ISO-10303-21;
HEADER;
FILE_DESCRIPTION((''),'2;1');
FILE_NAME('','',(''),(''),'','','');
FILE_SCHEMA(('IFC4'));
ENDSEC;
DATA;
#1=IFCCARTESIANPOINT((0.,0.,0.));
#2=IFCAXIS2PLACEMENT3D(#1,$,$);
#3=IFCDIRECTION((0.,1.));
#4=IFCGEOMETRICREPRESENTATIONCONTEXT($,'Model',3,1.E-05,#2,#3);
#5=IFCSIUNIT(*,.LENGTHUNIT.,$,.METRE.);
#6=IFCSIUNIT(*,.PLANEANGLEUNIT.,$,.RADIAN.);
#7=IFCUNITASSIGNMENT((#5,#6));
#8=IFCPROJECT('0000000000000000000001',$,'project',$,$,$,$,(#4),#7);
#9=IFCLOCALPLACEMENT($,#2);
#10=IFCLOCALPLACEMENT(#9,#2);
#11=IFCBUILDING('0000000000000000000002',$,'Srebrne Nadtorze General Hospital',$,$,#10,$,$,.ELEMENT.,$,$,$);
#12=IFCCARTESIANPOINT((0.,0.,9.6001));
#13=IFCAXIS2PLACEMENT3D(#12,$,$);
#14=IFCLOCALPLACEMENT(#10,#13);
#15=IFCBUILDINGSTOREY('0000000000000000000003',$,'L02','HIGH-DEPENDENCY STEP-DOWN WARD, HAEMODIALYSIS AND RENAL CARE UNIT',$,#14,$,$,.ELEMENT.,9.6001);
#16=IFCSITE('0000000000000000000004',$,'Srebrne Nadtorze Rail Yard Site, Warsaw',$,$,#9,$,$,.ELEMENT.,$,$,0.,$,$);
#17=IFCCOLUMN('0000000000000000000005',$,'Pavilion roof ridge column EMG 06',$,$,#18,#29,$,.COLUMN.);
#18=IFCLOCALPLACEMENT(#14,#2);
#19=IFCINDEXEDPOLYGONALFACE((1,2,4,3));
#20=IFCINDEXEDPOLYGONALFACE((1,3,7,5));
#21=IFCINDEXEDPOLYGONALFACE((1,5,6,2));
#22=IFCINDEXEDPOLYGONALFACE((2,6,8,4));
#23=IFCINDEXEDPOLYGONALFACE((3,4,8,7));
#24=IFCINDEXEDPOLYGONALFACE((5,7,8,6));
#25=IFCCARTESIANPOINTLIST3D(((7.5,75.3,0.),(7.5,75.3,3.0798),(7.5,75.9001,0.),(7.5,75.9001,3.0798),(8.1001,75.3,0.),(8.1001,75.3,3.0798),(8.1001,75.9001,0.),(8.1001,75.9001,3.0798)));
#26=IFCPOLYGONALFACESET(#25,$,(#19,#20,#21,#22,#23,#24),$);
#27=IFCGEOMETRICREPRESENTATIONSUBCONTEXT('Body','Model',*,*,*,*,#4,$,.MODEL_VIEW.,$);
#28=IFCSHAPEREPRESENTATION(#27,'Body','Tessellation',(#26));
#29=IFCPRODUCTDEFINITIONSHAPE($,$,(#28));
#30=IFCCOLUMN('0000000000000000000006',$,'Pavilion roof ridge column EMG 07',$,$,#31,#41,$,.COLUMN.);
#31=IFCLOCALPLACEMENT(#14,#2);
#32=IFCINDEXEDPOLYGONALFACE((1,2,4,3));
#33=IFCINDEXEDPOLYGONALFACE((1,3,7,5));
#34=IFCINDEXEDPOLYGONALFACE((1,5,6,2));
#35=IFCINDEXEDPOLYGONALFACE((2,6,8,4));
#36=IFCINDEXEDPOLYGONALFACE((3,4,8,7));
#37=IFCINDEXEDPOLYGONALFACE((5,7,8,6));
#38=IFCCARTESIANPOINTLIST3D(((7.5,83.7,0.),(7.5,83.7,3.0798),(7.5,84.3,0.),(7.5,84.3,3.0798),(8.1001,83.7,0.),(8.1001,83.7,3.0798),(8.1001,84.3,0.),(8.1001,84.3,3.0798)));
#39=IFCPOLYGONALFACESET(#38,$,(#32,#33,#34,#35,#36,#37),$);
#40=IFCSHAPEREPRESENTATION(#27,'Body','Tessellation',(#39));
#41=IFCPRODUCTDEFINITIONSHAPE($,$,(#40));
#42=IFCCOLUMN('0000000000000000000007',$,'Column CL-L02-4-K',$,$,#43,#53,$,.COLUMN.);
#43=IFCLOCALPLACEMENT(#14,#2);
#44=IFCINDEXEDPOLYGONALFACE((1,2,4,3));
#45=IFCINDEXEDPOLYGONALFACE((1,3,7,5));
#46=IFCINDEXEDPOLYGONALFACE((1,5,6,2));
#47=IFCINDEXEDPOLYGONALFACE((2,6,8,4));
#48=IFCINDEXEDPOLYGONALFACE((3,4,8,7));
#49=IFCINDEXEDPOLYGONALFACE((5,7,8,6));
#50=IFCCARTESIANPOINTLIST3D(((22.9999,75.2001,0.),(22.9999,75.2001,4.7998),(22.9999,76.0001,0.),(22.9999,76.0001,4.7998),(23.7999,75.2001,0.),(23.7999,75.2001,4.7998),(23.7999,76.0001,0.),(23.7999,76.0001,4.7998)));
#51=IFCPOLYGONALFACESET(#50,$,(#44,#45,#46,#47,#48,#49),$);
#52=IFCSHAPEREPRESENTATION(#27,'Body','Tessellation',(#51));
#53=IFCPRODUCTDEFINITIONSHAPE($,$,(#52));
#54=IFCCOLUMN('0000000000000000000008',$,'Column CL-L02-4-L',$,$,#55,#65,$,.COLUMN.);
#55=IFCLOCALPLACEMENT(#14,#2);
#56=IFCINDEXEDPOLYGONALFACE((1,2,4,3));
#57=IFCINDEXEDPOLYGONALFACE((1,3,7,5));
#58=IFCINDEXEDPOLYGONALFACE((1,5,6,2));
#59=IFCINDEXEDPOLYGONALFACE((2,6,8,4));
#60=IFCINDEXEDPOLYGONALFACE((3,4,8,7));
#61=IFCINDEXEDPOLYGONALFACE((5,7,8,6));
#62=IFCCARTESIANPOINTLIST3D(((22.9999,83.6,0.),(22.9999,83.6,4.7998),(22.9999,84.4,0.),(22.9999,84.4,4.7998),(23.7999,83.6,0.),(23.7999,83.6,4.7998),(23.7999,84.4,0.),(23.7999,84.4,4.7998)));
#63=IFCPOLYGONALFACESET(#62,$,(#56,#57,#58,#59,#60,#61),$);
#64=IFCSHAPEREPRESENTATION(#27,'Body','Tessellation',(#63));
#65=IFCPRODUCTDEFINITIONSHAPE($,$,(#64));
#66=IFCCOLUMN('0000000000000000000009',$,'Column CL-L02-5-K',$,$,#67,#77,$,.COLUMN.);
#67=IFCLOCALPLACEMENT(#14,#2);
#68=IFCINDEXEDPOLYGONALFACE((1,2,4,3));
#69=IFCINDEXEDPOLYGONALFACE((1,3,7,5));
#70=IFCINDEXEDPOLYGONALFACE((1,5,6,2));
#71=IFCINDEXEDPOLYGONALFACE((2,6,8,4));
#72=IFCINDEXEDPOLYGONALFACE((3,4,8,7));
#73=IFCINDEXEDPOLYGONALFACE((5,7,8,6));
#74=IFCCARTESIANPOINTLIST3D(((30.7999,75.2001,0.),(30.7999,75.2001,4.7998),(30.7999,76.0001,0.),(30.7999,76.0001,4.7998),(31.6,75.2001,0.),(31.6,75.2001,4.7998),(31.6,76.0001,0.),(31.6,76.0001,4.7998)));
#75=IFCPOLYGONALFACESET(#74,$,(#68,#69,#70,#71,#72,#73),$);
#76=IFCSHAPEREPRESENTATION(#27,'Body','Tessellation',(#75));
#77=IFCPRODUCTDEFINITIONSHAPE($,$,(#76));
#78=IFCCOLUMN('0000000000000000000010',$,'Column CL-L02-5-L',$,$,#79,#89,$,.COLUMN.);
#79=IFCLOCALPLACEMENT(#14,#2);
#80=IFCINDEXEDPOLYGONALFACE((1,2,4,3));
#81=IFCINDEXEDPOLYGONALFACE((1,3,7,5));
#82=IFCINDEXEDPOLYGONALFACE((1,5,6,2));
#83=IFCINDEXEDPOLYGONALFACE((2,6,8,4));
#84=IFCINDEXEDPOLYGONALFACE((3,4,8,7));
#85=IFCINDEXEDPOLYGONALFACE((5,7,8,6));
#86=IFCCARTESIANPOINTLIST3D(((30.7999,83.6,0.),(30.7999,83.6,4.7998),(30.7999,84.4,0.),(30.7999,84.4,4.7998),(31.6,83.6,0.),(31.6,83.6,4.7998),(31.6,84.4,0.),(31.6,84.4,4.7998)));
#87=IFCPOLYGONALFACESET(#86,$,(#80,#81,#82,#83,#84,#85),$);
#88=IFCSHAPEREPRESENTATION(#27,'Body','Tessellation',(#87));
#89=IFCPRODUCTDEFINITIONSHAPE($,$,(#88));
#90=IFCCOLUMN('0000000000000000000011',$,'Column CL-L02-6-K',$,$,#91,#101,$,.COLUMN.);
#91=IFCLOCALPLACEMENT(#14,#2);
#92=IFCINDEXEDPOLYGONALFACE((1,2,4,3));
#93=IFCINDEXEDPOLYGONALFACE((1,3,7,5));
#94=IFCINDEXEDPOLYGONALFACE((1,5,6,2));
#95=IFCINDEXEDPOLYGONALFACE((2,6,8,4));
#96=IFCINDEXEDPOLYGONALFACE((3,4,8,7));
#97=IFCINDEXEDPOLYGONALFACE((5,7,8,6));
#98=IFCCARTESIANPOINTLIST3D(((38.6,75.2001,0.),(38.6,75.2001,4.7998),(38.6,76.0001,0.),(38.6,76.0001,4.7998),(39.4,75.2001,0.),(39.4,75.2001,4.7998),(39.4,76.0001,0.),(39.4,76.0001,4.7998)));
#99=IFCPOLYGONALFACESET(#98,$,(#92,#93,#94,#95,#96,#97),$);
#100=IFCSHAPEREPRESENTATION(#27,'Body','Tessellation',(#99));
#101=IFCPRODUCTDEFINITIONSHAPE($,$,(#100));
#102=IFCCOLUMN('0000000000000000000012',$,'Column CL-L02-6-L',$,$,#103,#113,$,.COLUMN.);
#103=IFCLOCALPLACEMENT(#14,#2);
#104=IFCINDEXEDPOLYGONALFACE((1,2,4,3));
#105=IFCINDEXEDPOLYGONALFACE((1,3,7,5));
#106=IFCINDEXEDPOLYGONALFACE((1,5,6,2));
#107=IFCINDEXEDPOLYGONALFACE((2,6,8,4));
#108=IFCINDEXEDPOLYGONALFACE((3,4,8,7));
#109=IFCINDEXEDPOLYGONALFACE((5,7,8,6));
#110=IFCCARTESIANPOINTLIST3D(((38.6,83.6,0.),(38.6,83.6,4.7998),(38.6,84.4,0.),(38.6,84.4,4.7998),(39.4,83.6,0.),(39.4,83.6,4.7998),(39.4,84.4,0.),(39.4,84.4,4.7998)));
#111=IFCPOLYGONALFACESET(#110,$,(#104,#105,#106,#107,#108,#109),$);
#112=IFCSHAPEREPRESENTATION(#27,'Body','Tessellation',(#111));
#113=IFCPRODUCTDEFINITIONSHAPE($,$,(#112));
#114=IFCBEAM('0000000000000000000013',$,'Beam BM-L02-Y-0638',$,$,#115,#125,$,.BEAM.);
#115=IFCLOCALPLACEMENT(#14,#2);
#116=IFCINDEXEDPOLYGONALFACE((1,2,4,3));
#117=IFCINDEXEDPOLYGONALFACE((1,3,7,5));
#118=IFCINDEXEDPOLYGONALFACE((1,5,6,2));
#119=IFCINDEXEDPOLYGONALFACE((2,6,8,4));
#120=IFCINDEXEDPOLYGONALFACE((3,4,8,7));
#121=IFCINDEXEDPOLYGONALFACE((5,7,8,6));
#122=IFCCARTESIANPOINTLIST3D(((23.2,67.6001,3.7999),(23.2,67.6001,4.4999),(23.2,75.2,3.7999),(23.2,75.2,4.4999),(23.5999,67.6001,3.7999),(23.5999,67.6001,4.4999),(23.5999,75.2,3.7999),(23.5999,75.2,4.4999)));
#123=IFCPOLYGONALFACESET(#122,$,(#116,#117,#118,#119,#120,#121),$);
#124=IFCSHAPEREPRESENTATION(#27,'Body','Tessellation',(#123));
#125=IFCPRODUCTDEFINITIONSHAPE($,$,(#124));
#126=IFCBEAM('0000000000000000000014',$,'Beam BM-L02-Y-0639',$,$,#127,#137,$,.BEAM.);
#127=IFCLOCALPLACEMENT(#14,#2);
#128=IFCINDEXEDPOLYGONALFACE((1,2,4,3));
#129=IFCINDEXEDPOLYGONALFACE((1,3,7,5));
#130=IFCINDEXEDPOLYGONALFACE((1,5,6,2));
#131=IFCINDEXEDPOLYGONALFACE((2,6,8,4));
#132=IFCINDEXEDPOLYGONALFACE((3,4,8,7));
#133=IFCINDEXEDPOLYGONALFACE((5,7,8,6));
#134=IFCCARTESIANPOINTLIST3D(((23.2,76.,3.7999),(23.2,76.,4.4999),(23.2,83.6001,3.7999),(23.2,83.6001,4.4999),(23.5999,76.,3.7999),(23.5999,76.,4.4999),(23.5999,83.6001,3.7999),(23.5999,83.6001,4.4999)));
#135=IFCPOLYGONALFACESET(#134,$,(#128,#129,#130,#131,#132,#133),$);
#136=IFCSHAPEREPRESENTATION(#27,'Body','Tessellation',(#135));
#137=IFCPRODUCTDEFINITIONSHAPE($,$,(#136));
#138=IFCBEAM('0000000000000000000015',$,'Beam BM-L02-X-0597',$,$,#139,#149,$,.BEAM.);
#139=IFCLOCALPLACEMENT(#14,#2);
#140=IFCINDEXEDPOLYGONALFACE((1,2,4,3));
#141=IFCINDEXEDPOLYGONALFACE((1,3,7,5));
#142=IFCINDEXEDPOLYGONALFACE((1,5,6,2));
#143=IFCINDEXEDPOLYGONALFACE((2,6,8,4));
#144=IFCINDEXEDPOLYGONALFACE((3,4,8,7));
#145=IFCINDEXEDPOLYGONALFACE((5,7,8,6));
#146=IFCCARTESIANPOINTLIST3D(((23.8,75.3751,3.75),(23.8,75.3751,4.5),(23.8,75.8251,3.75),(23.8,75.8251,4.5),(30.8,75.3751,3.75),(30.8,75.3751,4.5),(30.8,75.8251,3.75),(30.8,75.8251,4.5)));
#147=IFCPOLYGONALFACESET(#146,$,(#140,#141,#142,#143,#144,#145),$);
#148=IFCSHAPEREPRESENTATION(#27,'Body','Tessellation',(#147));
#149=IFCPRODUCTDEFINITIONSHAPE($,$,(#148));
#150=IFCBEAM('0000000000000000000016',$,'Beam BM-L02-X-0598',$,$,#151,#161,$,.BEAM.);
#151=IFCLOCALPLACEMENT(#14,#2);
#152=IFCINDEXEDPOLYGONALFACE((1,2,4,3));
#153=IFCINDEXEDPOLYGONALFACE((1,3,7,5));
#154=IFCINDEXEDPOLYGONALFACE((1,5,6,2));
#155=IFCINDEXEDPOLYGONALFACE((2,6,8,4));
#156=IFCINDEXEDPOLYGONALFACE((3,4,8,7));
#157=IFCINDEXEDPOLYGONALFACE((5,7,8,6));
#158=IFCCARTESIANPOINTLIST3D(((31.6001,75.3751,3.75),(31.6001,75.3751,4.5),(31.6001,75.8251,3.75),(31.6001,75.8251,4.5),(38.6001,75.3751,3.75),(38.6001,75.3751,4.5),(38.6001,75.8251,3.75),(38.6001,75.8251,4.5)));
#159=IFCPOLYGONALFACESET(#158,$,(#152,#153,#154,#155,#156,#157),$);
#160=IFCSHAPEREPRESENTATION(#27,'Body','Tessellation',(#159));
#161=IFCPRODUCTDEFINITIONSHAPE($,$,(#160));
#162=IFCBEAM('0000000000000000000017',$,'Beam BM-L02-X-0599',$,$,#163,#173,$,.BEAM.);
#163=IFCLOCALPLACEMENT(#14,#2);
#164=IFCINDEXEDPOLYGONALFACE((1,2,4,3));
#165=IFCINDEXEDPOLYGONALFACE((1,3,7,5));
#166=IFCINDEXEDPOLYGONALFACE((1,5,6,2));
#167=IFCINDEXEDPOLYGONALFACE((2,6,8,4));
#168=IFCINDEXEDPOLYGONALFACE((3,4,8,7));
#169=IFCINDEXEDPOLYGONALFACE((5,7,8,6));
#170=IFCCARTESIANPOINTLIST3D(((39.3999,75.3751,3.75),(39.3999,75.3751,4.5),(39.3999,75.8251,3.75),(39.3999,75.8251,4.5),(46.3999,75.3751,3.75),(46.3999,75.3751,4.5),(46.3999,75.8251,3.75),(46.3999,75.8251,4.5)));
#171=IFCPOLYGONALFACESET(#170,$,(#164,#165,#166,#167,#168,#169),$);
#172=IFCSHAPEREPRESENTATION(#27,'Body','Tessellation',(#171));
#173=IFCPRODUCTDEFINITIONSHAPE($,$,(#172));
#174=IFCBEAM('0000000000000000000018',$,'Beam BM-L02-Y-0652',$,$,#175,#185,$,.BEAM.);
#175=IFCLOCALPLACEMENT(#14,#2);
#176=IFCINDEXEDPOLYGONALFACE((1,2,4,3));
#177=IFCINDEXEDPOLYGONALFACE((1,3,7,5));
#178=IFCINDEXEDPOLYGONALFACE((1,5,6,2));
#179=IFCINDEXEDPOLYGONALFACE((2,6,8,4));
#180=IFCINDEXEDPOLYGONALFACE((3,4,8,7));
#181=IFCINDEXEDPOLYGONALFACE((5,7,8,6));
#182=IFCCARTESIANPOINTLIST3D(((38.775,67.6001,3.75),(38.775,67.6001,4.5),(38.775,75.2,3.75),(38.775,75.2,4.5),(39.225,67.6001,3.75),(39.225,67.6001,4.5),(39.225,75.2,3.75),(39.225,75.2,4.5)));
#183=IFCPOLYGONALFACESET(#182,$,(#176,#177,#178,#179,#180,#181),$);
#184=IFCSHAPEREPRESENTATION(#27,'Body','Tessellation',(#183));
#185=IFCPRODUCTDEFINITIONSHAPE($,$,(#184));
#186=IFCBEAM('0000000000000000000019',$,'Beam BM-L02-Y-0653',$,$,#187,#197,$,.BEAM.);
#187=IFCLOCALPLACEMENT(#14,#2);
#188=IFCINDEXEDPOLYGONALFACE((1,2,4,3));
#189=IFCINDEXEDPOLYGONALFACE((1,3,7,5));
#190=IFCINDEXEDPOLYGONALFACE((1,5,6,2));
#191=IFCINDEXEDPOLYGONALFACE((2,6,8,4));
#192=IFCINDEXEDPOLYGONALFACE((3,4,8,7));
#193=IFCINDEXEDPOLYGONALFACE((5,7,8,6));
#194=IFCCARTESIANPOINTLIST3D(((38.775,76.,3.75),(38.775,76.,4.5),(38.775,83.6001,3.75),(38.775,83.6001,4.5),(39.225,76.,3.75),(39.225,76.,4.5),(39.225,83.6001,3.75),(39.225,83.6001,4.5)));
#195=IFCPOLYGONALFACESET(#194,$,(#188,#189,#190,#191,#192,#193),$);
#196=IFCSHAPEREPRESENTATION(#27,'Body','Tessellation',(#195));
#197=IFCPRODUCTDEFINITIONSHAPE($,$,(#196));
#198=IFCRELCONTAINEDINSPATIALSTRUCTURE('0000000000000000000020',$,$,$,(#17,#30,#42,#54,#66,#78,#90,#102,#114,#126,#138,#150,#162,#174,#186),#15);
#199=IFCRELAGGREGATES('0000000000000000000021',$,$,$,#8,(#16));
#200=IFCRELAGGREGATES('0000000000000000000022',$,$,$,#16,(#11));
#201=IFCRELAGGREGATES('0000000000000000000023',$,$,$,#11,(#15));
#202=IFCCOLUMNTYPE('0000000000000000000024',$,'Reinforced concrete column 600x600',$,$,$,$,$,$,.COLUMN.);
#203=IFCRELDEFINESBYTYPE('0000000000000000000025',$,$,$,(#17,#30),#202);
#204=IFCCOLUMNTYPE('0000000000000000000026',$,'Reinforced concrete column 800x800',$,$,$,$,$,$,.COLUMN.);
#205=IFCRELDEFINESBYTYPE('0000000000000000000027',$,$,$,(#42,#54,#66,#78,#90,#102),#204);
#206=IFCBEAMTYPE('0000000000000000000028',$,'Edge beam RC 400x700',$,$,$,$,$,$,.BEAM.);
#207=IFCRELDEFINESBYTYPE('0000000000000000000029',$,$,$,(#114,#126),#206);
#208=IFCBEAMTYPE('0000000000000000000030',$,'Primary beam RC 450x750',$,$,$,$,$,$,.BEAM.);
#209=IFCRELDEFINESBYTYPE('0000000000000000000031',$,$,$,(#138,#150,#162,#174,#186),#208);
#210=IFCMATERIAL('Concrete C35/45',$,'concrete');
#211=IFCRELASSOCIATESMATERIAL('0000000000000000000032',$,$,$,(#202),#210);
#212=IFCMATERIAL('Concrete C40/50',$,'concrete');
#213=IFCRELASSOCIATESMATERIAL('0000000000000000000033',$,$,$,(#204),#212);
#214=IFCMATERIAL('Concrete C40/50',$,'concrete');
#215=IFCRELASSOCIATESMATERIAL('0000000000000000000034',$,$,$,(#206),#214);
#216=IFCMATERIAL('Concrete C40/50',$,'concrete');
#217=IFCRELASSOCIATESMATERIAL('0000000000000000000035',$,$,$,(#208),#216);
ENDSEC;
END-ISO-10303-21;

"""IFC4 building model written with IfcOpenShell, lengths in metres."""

from ifc_helpers import new_model, si_unit, direction, frame, origin, origin_2d, place, context, subcontext, project, spatial, rectangle, extrude, material, material_profile, profile_set, type_object, element, save


model = new_model("IFC4")

# Units and contexts
model_context = context("Model", 3, precision=1e-05, world=origin(), true_north=direction((0.0, 1.0)))
body_context = subcontext(model_context, "Body", "Model", "MODEL_VIEW")
ifc_project = project(units=[si_unit("LENGTHUNIT", "METRE"), si_unit("PLANEANGLEUNIT", "RADIAN")], contexts=[model_context])

# Site, building, storey
site_placement = place(None, origin())
site = spatial("IfcSite", under=ifc_project, at=site_placement, Name="Srebrne Nadtorze Rail Yard Site, Warsaw", CompositionType="ELEMENT", RefElevation=0.0)
building_placement = place(site_placement, origin())
building = spatial("IfcBuilding", under=site, at=building_placement, Name="Srebrne Nadtorze General Hospital", CompositionType="ELEMENT")
storey_placement = place(building_placement, frame((0.0, 0.0, 9.6001)))
storey = spatial("IfcBuildingStorey", under=building, at=storey_placement, Name="L02", Description="HIGH-DEPENDENCY STEP-DOWN WARD, HAEMODIALYSIS AND RENAL CARE UNIT", CompositionType="ELEMENT", Elevation=9.6001)

# Columns
ifc_material_1 = material(Name="Concrete C35/45", Category="concrete")
ifc_material_profile_1 = material_profile(ifc_material_1, rectangle(XDim=0.6001, YDim=0.6001, at=origin_2d()), Name="RC-COL-600x600")
ifc_profile_set_1 = profile_set([ifc_material_profile_1], Name="Concrete C35/45")
column_type_1 = type_object("IfcColumnType", Name="Reinforced concrete column 600x600", PredefinedType="COLUMN", material=ifc_profile_set_1)
for number, where, z_axis, x_axis, name in (
    (1, (7.8, 75.6001, 0.0), (0.0, 0.0, 1.0), (1.0, 0.0, 0.0), "Pavilion roof ridge column EMG 06"),
    (2, (7.8, 84.0, 0.0), (0.0, 0.0, 1.0), (1.0, 0.0, 0.0), "Pavilion roof ridge column EMG 07"),
):
    element("IfcColumn", number, at=place(storey_placement, frame(where, z_axis=z_axis, x_axis=x_axis)), inside=storey, type_object=column_type_1, Name=name, PredefinedType="COLUMN", context=body_context, shape_type="SweptSolid", body=[
        extrude(rectangle(XDim=0.6001, YDim=0.6001, at=origin_2d()), origin(), (0.0, 0.0, 1.0), 3.0798),
    ])
ifc_material_2 = material(Name="Concrete C40/50", Category="concrete")
ifc_material_profile_2 = material_profile(ifc_material_2, rectangle(XDim=0.8, YDim=0.8, at=origin_2d()), Name="RC-COL-800x800")
ifc_profile_set_2 = profile_set([ifc_material_profile_2], Name="Concrete C40/50")
column_type_2 = type_object("IfcColumnType", Name="Reinforced concrete column 800x800", PredefinedType="COLUMN", material=ifc_profile_set_2)
for number, where, z_axis, x_axis, name in (
    (3, (23.3999, 75.6001, 0.0), (0.0, 0.0, 1.0), (1.0, 0.0, 0.0), "Column CL-L02-4-K"),
    (4, (23.3999, 84.0, 0.0), (0.0, 0.0, 1.0), (1.0, 0.0, 0.0), "Column CL-L02-4-L"),
    (5, (31.2, 75.6001, 0.0), (0.0, 0.0, 1.0), (1.0, 0.0, 0.0), "Column CL-L02-5-K"),
    (6, (31.2, 84.0, 0.0), (0.0, 0.0, 1.0), (1.0, 0.0, 0.0), "Column CL-L02-5-L"),
    (7, (39.0, 75.6001, 0.0), (0.0, 0.0, 1.0), (1.0, 0.0, 0.0), "Column CL-L02-6-K"),
    (8, (39.0, 84.0, 0.0), (0.0, 0.0, 1.0), (1.0, 0.0, 0.0), "Column CL-L02-6-L"),
):
    element("IfcColumn", number, at=place(storey_placement, frame(where, z_axis=z_axis, x_axis=x_axis)), inside=storey, type_object=column_type_2, Name=name, PredefinedType="COLUMN", context=body_context, shape_type="SweptSolid", body=[
        extrude(rectangle(XDim=0.8, YDim=0.8, at=origin_2d()), origin(), (0.0, 0.0, 1.0), 4.7998),
    ])

# Beams
ifc_material_3 = material(Name="Concrete C40/50", Category="concrete")
ifc_material_profile_3 = material_profile(ifc_material_3, rectangle(XDim=0.3999, YDim=0.7, at=origin_2d()), Name="RC-BM-400x700")
ifc_profile_set_3 = profile_set([ifc_material_profile_3], Name="Concrete C40/50")
beam_type_1 = type_object("IfcBeamType", Name="Edge beam RC 400x700", PredefinedType="BEAM", material=ifc_profile_set_3)
beam_1_placement = place(storey_placement, frame((23.3999, 67.6001, 4.1499), z_axis=(0.0, 1.0, 0.0), x_axis=(-1.0, 0.0, 0.0)))
element("IfcBeam", 9, at=beam_1_placement, inside=storey, type_object=beam_type_1, Name="Beam BM-L02-Y-0638", PredefinedType="BEAM", context=body_context, shape_type="SweptSolid", body=[
    extrude(rectangle(XDim=0.3999, YDim=0.7, at=origin_2d()), origin(), (0.0, 0.0, 1.0), 7.5999),
])
beam_2_placement = place(storey_placement, frame((23.3999, 76.0, 4.1499), z_axis=(0.0, 1.0, 0.0), x_axis=(-1.0, 0.0, 0.0)))
element("IfcBeam", 10, at=beam_2_placement, inside=storey, type_object=beam_type_1, Name="Beam BM-L02-Y-0639", PredefinedType="BEAM", context=body_context, shape_type="SweptSolid", body=[
    extrude(rectangle(XDim=0.3999, YDim=0.7, at=origin_2d()), origin(), (0.0, 0.0, 1.0), 7.6001),
])
ifc_material_4 = material(Name="Concrete C40/50", Category="concrete")
ifc_material_profile_4 = material_profile(ifc_material_4, rectangle(XDim=0.45, YDim=0.75, at=origin_2d()), Name="RC-BM-450x750")
ifc_profile_set_4 = profile_set([ifc_material_profile_4], Name="Concrete C40/50")
beam_type_2 = type_object("IfcBeamType", Name="Primary beam RC 450x750", PredefinedType="BEAM", material=ifc_profile_set_4)
for number, where, z_axis, x_axis, name in (
    (11, (23.8, 75.6001, 4.125), (1.0, 0.0, 0.0), (0.0, 1.0, 0.0), "Beam BM-L02-X-0597"),
    (12, (31.6001, 75.6001, 4.125), (1.0, 0.0, 0.0), (0.0, 1.0, 0.0), "Beam BM-L02-X-0598"),
    (13, (39.3999, 75.6001, 4.125), (1.0, 0.0, 0.0), (0.0, 1.0, 0.0), "Beam BM-L02-X-0599"),
):
    element("IfcBeam", number, at=place(storey_placement, frame(where, z_axis=z_axis, x_axis=x_axis)), inside=storey, type_object=beam_type_2, Name=name, PredefinedType="BEAM", context=body_context, shape_type="SweptSolid", body=[
        extrude(rectangle(XDim=0.45, YDim=0.75, at=origin_2d()), origin(), (0.0, 0.0, 1.0), 7.0),
    ])
beam_3_placement = place(storey_placement, frame((39.0, 67.6001, 4.125), z_axis=(0.0, 1.0, 0.0), x_axis=(-1.0, 0.0, 0.0)))
element("IfcBeam", 14, at=beam_3_placement, inside=storey, type_object=beam_type_2, Name="Beam BM-L02-Y-0652", PredefinedType="BEAM", context=body_context, shape_type="SweptSolid", body=[
    extrude(rectangle(XDim=0.45, YDim=0.75, at=origin_2d()), origin(), (0.0, 0.0, 1.0), 7.5999),
])
beam_4_placement = place(storey_placement, frame((39.0, 76.0, 4.125), z_axis=(0.0, 1.0, 0.0), x_axis=(-1.0, 0.0, 0.0)))
element("IfcBeam", 15, at=beam_4_placement, inside=storey, type_object=beam_type_2, Name="Beam BM-L02-Y-0653", PredefinedType="BEAM", context=body_context, shape_type="SweptSolid", body=[
    extrude(rectangle(XDim=0.45, YDim=0.75, at=origin_2d()), origin(), (0.0, 0.0, 1.0), 7.6001),
])

save(model, "model.ifc")
